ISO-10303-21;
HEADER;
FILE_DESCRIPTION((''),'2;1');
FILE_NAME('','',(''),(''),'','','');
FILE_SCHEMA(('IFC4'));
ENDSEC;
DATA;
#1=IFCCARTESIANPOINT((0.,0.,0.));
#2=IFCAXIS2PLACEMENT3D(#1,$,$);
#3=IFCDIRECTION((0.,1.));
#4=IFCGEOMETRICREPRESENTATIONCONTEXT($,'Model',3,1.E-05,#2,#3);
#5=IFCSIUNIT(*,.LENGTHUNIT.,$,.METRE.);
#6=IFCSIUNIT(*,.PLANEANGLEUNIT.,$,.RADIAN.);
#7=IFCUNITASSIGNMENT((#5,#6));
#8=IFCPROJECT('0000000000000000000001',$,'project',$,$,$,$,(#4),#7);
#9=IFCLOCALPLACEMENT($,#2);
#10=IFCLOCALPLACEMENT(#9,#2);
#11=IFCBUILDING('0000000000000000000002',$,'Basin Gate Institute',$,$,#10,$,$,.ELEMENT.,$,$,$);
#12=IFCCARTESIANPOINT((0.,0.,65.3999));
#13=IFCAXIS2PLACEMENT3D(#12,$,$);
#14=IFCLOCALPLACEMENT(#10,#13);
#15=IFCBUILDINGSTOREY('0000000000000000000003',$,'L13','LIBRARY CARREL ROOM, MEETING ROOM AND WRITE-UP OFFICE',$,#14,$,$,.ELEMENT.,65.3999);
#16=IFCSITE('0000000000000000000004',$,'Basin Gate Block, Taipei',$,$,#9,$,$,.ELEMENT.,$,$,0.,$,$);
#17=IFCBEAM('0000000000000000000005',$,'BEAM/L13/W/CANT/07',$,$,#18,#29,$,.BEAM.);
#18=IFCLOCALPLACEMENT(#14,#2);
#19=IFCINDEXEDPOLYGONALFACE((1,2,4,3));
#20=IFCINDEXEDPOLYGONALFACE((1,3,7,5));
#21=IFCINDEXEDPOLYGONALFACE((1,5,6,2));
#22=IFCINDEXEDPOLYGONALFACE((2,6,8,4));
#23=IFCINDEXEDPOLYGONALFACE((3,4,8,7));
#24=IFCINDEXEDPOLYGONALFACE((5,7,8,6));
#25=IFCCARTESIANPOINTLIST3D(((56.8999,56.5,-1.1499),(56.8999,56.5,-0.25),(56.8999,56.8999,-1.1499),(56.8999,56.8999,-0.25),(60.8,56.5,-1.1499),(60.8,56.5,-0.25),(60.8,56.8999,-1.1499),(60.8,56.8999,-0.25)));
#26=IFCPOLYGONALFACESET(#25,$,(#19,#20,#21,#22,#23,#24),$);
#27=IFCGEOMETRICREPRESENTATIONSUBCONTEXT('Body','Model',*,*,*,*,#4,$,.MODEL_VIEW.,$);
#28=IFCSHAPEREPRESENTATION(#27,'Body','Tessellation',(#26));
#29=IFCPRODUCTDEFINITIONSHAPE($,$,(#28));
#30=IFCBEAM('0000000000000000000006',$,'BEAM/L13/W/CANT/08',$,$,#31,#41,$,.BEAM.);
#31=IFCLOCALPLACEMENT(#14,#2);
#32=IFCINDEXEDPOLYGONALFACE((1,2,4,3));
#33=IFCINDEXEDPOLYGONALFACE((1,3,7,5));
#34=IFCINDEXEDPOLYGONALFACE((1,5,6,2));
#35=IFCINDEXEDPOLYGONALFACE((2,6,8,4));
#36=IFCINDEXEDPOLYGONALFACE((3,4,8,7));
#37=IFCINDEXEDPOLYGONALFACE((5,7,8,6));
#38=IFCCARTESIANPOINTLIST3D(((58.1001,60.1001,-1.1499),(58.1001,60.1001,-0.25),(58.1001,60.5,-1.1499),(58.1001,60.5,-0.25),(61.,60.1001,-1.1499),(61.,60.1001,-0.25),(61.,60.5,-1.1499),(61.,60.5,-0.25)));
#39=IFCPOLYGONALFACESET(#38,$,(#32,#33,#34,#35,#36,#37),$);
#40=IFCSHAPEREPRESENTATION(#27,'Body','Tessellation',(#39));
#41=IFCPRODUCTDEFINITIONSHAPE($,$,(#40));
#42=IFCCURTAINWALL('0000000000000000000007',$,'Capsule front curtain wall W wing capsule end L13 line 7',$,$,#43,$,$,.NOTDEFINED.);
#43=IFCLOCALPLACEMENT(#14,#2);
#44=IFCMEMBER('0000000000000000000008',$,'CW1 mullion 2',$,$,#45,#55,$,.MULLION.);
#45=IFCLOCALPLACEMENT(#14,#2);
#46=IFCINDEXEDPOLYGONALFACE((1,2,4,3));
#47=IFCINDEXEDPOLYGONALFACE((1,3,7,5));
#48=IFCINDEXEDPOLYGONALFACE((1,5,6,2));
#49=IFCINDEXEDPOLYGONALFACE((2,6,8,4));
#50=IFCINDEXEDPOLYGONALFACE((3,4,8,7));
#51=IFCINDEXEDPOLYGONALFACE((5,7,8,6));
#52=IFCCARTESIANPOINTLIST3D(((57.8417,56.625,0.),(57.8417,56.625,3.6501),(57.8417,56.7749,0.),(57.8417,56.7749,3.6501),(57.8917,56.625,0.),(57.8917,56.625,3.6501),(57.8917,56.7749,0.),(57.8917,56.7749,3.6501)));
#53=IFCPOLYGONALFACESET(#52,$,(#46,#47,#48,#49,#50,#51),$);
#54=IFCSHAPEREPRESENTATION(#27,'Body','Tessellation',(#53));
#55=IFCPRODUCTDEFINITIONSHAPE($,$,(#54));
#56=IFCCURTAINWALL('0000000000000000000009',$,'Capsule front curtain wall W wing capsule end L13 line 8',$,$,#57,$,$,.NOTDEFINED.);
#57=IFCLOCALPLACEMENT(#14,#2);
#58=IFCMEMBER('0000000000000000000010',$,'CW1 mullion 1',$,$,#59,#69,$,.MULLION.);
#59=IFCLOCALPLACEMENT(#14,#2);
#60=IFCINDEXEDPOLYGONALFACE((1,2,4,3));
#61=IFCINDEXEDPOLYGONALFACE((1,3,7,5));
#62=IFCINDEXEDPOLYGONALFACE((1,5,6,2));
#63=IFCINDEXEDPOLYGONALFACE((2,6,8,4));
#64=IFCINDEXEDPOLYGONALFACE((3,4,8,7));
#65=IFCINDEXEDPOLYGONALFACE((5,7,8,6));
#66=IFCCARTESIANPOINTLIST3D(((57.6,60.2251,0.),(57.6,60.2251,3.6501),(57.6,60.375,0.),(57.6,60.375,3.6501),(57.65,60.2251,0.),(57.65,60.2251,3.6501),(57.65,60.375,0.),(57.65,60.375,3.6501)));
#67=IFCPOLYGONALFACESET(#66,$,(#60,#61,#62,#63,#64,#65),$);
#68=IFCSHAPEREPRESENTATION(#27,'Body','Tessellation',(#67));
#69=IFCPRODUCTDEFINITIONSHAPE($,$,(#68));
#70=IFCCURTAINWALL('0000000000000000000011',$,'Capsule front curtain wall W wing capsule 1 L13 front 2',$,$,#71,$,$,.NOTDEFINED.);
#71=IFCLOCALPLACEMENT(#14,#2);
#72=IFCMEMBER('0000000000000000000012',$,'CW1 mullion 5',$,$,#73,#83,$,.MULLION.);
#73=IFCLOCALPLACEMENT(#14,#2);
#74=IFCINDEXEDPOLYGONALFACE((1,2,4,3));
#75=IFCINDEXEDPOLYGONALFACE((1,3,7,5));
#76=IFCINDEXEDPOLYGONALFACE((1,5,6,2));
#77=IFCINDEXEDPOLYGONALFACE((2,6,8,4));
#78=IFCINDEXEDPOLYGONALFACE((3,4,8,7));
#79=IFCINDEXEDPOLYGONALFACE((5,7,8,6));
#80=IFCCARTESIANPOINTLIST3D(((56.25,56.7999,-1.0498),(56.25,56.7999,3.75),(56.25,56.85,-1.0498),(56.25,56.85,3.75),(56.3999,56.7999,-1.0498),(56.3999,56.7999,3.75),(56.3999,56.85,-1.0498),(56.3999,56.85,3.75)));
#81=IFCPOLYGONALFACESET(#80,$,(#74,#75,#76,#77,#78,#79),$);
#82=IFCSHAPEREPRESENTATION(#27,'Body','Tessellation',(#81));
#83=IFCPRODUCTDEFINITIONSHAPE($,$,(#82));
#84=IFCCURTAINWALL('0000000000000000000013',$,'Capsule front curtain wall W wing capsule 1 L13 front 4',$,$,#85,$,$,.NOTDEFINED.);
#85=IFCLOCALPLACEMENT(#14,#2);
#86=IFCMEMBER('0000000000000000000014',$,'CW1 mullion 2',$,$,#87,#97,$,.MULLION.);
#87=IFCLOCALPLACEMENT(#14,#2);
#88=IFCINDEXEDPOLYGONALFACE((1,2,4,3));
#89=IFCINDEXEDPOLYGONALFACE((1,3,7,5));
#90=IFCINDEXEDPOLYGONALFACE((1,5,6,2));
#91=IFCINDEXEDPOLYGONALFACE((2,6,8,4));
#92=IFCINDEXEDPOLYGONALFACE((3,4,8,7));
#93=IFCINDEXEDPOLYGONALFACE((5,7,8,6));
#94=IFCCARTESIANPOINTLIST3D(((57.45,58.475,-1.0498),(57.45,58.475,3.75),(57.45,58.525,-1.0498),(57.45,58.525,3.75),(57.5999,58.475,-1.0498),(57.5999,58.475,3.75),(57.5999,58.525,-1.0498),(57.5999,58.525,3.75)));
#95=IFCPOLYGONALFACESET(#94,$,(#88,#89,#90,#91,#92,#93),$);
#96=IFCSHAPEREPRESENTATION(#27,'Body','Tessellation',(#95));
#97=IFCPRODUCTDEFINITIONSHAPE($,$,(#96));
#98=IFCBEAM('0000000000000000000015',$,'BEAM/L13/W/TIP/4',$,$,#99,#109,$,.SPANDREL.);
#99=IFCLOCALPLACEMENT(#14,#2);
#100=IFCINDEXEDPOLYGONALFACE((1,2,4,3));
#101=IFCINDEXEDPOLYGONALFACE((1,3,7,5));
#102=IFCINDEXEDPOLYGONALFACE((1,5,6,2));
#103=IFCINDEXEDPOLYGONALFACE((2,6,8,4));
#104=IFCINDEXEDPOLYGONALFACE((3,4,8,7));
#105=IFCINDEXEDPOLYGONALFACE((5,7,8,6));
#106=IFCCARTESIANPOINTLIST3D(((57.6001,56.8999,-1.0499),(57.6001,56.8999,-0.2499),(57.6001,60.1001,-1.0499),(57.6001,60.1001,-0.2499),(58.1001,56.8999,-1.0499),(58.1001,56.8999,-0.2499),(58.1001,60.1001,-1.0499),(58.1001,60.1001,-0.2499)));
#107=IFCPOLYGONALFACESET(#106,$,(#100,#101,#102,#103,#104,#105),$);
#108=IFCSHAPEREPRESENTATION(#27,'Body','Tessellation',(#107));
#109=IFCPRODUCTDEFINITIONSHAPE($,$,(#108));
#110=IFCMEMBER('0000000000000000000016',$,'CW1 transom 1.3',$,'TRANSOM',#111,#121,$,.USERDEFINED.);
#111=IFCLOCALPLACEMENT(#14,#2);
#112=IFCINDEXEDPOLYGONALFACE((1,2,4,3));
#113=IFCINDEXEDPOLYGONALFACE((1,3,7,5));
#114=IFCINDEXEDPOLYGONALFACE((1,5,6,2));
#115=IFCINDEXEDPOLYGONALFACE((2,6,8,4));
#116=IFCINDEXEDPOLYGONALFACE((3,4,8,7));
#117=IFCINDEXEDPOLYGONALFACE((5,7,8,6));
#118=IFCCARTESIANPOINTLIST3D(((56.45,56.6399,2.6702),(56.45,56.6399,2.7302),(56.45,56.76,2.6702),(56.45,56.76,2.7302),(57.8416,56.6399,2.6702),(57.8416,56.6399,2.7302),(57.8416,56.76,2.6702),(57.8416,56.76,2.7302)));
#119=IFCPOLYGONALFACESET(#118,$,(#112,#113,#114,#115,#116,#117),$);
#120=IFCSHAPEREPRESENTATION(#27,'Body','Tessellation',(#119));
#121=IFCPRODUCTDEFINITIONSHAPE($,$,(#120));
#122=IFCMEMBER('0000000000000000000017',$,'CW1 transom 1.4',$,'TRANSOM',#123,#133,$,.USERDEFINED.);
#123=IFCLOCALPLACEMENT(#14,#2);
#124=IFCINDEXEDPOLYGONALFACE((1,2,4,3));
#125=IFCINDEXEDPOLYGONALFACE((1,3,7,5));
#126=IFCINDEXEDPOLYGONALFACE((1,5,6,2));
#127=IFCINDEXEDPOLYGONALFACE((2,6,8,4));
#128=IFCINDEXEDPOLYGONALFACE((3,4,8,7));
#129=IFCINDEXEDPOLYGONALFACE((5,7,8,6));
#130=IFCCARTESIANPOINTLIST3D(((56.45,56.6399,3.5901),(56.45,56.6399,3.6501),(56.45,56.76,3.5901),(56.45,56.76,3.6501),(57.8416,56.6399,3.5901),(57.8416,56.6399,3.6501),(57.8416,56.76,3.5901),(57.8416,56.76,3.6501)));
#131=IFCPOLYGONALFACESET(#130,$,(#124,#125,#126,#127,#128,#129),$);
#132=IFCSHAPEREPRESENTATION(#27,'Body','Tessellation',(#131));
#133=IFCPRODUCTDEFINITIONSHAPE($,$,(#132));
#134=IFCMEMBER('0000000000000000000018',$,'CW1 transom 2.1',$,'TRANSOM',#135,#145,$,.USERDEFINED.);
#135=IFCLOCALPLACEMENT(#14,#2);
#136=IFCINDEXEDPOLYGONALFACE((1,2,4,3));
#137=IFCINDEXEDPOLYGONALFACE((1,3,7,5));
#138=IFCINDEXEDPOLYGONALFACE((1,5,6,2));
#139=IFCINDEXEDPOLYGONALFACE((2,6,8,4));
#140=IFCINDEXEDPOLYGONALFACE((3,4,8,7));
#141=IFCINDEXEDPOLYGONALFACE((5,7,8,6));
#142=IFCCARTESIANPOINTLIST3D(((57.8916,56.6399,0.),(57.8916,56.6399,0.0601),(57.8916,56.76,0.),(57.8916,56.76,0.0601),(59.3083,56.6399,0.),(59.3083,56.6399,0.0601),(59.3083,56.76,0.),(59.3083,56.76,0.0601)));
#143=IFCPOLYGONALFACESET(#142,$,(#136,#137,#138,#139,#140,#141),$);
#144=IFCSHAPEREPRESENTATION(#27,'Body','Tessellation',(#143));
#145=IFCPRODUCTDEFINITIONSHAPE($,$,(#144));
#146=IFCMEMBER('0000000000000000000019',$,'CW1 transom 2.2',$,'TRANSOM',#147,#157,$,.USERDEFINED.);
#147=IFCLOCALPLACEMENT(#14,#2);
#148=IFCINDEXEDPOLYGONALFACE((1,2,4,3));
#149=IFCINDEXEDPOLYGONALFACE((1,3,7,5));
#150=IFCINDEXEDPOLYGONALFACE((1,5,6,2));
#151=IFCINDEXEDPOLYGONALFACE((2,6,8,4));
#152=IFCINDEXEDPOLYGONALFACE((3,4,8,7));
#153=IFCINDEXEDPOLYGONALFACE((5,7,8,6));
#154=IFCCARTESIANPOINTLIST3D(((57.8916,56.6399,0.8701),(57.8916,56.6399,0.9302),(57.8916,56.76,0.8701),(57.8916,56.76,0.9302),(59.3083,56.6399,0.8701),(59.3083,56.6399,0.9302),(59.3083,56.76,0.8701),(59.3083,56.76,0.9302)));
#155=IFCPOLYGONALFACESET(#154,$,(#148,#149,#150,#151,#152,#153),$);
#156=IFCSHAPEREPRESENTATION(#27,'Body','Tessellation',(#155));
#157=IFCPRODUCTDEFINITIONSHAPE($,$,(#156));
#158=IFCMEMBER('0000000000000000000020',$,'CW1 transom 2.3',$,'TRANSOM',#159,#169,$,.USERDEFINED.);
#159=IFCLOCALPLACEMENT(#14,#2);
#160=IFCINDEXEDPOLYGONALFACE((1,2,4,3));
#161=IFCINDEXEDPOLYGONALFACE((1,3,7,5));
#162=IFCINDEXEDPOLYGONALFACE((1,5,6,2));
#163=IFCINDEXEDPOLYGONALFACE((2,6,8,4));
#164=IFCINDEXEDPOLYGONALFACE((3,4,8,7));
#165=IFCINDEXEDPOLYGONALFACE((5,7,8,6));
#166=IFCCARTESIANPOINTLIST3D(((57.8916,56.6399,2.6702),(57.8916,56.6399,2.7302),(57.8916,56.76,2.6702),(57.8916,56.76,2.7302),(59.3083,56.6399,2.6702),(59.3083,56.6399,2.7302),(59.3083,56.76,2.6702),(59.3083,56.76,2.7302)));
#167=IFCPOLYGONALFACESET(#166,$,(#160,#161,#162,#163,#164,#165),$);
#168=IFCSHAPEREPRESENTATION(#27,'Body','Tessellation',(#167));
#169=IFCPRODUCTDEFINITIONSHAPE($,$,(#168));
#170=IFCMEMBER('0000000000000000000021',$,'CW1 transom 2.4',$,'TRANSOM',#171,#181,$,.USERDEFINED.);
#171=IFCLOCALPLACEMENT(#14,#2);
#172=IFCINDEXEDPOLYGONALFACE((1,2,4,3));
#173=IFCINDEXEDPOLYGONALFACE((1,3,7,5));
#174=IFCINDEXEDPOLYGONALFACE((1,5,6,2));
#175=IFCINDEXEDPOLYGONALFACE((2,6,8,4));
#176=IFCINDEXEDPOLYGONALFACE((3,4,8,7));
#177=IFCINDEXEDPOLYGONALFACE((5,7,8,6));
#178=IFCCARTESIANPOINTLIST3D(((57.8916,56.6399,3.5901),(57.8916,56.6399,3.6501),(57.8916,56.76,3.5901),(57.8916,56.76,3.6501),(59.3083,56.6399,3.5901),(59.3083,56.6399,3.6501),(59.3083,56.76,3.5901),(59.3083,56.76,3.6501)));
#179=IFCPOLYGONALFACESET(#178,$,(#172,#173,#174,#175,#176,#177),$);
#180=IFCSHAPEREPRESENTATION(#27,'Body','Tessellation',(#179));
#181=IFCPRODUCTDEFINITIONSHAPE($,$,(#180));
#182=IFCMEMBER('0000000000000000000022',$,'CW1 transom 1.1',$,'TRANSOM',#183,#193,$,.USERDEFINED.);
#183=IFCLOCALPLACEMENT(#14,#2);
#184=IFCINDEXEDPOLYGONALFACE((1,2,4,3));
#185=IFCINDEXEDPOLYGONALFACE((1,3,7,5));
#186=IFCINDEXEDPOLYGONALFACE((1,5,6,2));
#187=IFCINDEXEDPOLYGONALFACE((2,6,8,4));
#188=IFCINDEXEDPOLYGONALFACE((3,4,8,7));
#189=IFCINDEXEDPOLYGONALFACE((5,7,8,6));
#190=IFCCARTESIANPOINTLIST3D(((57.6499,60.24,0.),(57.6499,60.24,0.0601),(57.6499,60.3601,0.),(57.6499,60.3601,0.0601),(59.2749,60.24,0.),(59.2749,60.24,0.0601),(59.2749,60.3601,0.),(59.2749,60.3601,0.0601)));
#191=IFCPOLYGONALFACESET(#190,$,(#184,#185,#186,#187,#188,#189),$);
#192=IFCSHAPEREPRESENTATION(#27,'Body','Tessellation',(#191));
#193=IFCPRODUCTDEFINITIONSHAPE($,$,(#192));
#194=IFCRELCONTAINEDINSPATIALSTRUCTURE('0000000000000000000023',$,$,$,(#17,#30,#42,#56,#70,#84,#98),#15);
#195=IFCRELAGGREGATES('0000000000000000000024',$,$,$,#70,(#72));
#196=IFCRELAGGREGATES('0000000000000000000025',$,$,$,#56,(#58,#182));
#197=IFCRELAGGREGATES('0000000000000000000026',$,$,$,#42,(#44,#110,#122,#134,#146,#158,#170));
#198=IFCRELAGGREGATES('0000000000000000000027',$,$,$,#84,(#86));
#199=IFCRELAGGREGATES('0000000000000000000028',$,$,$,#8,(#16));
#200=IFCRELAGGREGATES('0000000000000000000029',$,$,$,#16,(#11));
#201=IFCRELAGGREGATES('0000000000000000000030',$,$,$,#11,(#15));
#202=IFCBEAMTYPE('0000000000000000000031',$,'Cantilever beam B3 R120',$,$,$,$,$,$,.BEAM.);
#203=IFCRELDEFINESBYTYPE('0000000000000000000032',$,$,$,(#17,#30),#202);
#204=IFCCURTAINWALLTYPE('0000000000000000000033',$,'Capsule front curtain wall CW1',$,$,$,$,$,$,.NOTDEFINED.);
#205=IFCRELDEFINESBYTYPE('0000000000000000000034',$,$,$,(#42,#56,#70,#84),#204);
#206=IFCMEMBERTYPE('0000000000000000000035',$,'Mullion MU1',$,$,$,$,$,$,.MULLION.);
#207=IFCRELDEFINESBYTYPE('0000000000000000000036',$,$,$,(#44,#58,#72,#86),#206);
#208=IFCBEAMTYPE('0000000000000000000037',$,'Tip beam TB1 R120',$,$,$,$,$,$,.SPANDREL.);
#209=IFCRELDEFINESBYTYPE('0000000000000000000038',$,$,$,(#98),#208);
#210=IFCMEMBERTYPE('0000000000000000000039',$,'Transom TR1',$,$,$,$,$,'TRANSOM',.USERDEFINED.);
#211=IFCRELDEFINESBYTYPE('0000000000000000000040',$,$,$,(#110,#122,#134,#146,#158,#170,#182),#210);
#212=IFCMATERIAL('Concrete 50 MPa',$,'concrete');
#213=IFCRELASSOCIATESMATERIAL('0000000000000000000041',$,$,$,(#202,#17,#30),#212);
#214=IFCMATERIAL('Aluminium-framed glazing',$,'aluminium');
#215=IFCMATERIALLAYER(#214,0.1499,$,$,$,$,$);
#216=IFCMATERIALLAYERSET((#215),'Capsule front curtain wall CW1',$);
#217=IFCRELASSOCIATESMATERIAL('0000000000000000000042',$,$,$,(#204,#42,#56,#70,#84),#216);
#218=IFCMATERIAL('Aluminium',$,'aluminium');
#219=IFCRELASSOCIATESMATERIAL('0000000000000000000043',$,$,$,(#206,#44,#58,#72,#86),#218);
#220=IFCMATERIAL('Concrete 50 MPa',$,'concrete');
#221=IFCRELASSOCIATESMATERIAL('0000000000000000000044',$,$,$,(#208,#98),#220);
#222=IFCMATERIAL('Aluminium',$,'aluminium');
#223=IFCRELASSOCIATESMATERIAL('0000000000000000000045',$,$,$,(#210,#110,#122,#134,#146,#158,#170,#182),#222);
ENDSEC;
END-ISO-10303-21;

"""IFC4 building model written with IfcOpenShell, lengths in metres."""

from ifc_helpers import new_model, si_unit, direction, frame, origin, origin_2d, place, context, subcontext, project, spatial, rectangle, extrude, material, layer, layer_set, material_profile, profile_set, type_object, element, aggregate, save


model = new_model("IFC4")

# Units and contexts
model_context = context("Model", 3, precision=1e-05, world=origin(), true_north=direction((0.0, 1.0)))
body_context = subcontext(model_context, "Body", "Model", "MODEL_VIEW")
ifc_project = project(units=[si_unit("LENGTHUNIT", "METRE"), si_unit("PLANEANGLEUNIT", "RADIAN")], contexts=[model_context])

# Site, building, storey
site_placement = place(None, origin())
site = spatial("IfcSite", under=ifc_project, at=site_placement, Name="Basin Gate Block, Taipei", CompositionType="ELEMENT", RefElevation=0.0)
building_placement = place(site_placement, origin())
building = spatial("IfcBuilding", under=site, at=building_placement, Name="Basin Gate Institute", CompositionType="ELEMENT")
storey_placement = place(building_placement, frame((0.0, 0.0, 65.3999)))
storey = spatial("IfcBuildingStorey", under=building, at=storey_placement, Name="L13", Description="LIBRARY CARREL ROOM, MEETING ROOM AND WRITE-UP OFFICE", CompositionType="ELEMENT", Elevation=65.3999)

# Beams
ifc_material_1 = material(Name="Concrete 50 MPa", Category="concrete")
ifc_material_profile_1 = material_profile(ifc_material_1, rectangle(XDim=0.3999, YDim=0.8999, at=origin_2d()), Name="Cantilever beam B3 400 x 900")
ifc_profile_set_1 = profile_set([ifc_material_profile_1], Name="Concrete 50 MPa")
beam_type_1 = type_object("IfcBeamType", Name="Cantilever beam B3 R120", PredefinedType="BEAM", material=ifc_profile_set_1)
beam_1_placement = place(storey_placement, frame((56.8999, 56.7, -0.7), z_axis=(1.0, 0.0, 0.0), x_axis=(0.0, 1.0, 0.0)))
element("IfcBeam", 1, at=beam_1_placement, inside=storey, type_object=beam_type_1, material=ifc_profile_set_1, Name="BEAM/L13/W/CANT/07", PredefinedType="BEAM", context=body_context, shape_type="SweptSolid", body=[
    extrude(rectangle(XDim=0.3999, YDim=0.8999, at=origin_2d()), origin(), (0.0, 0.0, 1.0), 3.9001),
])
beam_2_placement = place(storey_placement, frame((58.1001, 60.3, -0.7), z_axis=(1.0, 0.0, 0.0), x_axis=(0.0, 1.0, 0.0)))
element("IfcBeam", 2, at=beam_2_placement, inside=storey, type_object=beam_type_1, material=ifc_profile_set_1, Name="BEAM/L13/W/CANT/08", PredefinedType="BEAM", context=body_context, shape_type="SweptSolid", body=[
    extrude(rectangle(XDim=0.3999, YDim=0.8999, at=origin_2d()), origin(), (0.0, 0.0, 1.0), 2.8999),
])

# Curtain walls, members
ifc_material_2 = material(Name="Aluminium-framed glazing", Category="aluminium")
ifc_layer_1 = layer(ifc_material_2, 0.1499)
ifc_layer_set_1 = layer_set([ifc_layer_1], Name="Capsule front curtain wall CW1")
curtain_wall_type = type_object("IfcCurtainWallType", Name="Capsule front curtain wall CW1", PredefinedType="NOTDEFINED", material=ifc_layer_set_1)
curtain_wall_1_placement = place(storey_placement, origin())
curtain_wall_1 = element("IfcCurtainWall", 3, at=curtain_wall_1_placement, inside=storey, type_object=curtain_wall_type, material=ifc_layer_set_1, Name="Capsule front curtain wall W wing capsule end L13 line 7", PredefinedType="NOTDEFINED")
ifc_material_3 = material(Name="Aluminium", Category="aluminium")
ifc_material_profile_2 = material_profile(ifc_material_3, rectangle(XDim=0.1499, YDim=0.05, at=origin_2d()), Name="Mullion MU1 150 x 50")
ifc_profile_set_2 = profile_set([ifc_material_profile_2], Name="Aluminium")
member_type_1 = type_object("IfcMemberType", Name="Mullion MU1", PredefinedType="MULLION", material=ifc_profile_set_2)
member_1_placement = place(storey_placement, frame((57.8667, 56.7, 0.0), z_axis=(0.0, 0.0, 1.0), x_axis=(0.0, 1.0, 0.0)))
member_1 = element("IfcMember", 4, at=member_1_placement, type_object=member_type_1, material=ifc_profile_set_2, Name="CW1 mullion 2", PredefinedType="MULLION", context=body_context, shape_type="SweptSolid", body=[
    extrude(rectangle(XDim=0.1499, YDim=0.05, at=origin_2d()), origin(), (0.0, 0.0, 1.0), 3.6501),
])
curtain_wall_2_placement = place(storey_placement, origin())
curtain_wall_2 = element("IfcCurtainWall", 5, at=curtain_wall_2_placement, inside=storey, type_object=curtain_wall_type, material=ifc_layer_set_1, Name="Capsule front curtain wall W wing capsule end L13 line 8", PredefinedType="NOTDEFINED")
member_2_placement = place(storey_placement, frame((57.625, 60.3, 0.0), z_axis=(0.0, 0.0, 1.0), x_axis=(0.0, 1.0, 0.0)))
member_2 = element("IfcMember", 6, at=member_2_placement, type_object=member_type_1, material=ifc_profile_set_2, Name="CW1 mullion 1", PredefinedType="MULLION", context=body_context, shape_type="SweptSolid", body=[
    extrude(rectangle(XDim=0.1499, YDim=0.05, at=origin_2d()), origin(), (0.0, 0.0, 1.0), 3.6501),
])
curtain_wall_3_placement = place(storey_placement, origin())
curtain_wall_3 = element("IfcCurtainWall", 7, at=curtain_wall_3_placement, inside=storey, type_object=curtain_wall_type, material=ifc_layer_set_1, Name="Capsule front curtain wall W wing capsule 1 L13 front 2", PredefinedType="NOTDEFINED")
member_3_placement = place(storey_placement, frame((56.325, 56.825, -1.0498), z_axis=(0.0, 0.0, 1.0), x_axis=(-1.0, 0.0, 0.0)))
member_3 = element("IfcMember", 8, at=member_3_placement, type_object=member_type_1, material=ifc_profile_set_2, Name="CW1 mullion 5", PredefinedType="MULLION", context=body_context, shape_type="SweptSolid", body=[
    extrude(rectangle(XDim=0.1499, YDim=0.05, at=origin_2d()), origin(), (0.0, 0.0, 1.0), 4.7998),
])
aggregate(curtain_wall_3, [member_3])
curtain_wall_4_placement = place(storey_placement, origin())
curtain_wall_4 = element("IfcCurtainWall", 9, at=curtain_wall_4_placement, inside=storey, type_object=curtain_wall_type, material=ifc_layer_set_1, Name="Capsule front curtain wall W wing capsule 1 L13 front 4", PredefinedType="NOTDEFINED")
member_4_placement = place(storey_placement, frame((57.5249, 58.5, -1.0498), z_axis=(0.0, 0.0, 1.0), x_axis=(-1.0, 0.0, 0.0)))
member_4 = element("IfcMember", 10, at=member_4_placement, type_object=member_type_1, material=ifc_profile_set_2, Name="CW1 mullion 2", PredefinedType="MULLION", context=body_context, shape_type="SweptSolid", body=[
    extrude(rectangle(XDim=0.1499, YDim=0.05, at=origin_2d()), origin(), (0.0, 0.0, 1.0), 4.7998),
])

# Beam
ifc_material_4 = material(Name="Concrete 50 MPa", Category="concrete")
ifc_material_profile_3 = material_profile(ifc_material_4, rectangle(XDim=0.5, YDim=0.8, at=origin_2d()), Name="Tip beam TB1 500 x 800")
ifc_profile_set_3 = profile_set([ifc_material_profile_3], Name="Concrete 50 MPa")
beam_type_2 = type_object("IfcBeamType", Name="Tip beam TB1 R120", PredefinedType="SPANDREL", material=ifc_profile_set_3)
beam_3_placement = place(storey_placement, frame((57.8501, 56.8999, -0.6499), z_axis=(0.0, 1.0, 0.0), x_axis=(-1.0, 0.0, 0.0)))
element("IfcBeam", 11, at=beam_3_placement, inside=storey, type_object=beam_type_2, material=ifc_profile_set_3, Name="BEAM/L13/W/TIP/4", PredefinedType="SPANDREL", context=body_context, shape_type="SweptSolid", body=[
    extrude(rectangle(XDim=0.5, YDim=0.8, at=origin_2d()), origin(), (0.0, 0.0, 1.0), 3.2002),
])

# Members
ifc_material_5 = material(Name="Aluminium", Category="aluminium")
ifc_material_profile_4 = material_profile(ifc_material_5, rectangle(XDim=0.1201, YDim=0.0601, at=origin_2d()), Name="Transom TR1 120 x 60")
ifc_profile_set_4 = profile_set([ifc_material_profile_4], Name="Aluminium")
member_type_2 = type_object("IfcMemberType", Name="Transom TR1", ElementType="TRANSOM", PredefinedType="USERDEFINED", material=ifc_profile_set_4)
member_5_placement = place(storey_placement, frame((56.45, 56.7, 2.7002), z_axis=(1.0, 0.0, 0.0), x_axis=(0.0, 1.0, 0.0)))
member_5 = element("IfcMember", 12, at=member_5_placement, type_object=member_type_2, material=ifc_profile_set_4, Name="CW1 transom 1.3", ObjectType="TRANSOM", PredefinedType="USERDEFINED", context=body_context, shape_type="SweptSolid", body=[
    extrude(rectangle(XDim=0.1201, YDim=0.0601, at=origin_2d()), origin(), (0.0, 0.0, 1.0), 1.3916),
])
member_6_placement = place(storey_placement, frame((56.45, 56.7, 3.6201), z_axis=(1.0, 0.0, 0.0), x_axis=(0.0, 1.0, 0.0)))
member_6 = element("IfcMember", 13, at=member_6_placement, type_object=member_type_2, material=ifc_profile_set_4, Name="CW1 transom 1.4", ObjectType="TRANSOM", PredefinedType="USERDEFINED", context=body_context, shape_type="SweptSolid", body=[
    extrude(rectangle(XDim=0.1201, YDim=0.0601, at=origin_2d()), origin(), (0.0, 0.0, 1.0), 1.3916),
])
member_7_placement = place(storey_placement, frame((57.8916, 56.7, 0.03), z_axis=(1.0, 0.0, 0.0), x_axis=(0.0, 1.0, 0.0)))
member_7 = element("IfcMember", 14, at=member_7_placement, type_object=member_type_2, material=ifc_profile_set_4, Name="CW1 transom 2.1", ObjectType="TRANSOM", PredefinedType="USERDEFINED", context=body_context, shape_type="SweptSolid", body=[
    extrude(rectangle(XDim=0.1201, YDim=0.0601, at=origin_2d()), origin(), (0.0, 0.0, 1.0), 1.4167),
])
member_8_placement = place(storey_placement, frame((57.8916, 56.7, 0.9001), z_axis=(1.0, 0.0, 0.0), x_axis=(0.0, 1.0, 0.0)))
member_8 = element("IfcMember", 15, at=member_8_placement, type_object=member_type_2, material=ifc_profile_set_4, Name="CW1 transom 2.2", ObjectType="TRANSOM", PredefinedType="USERDEFINED", context=body_context, shape_type="SweptSolid", body=[
    extrude(rectangle(XDim=0.1201, YDim=0.0601, at=origin_2d()), origin(), (0.0, 0.0, 1.0), 1.4167),
])
member_9_placement = place(storey_placement, frame((57.8916, 56.7, 2.7002), z_axis=(1.0, 0.0, 0.0), x_axis=(0.0, 1.0, 0.0)))
member_9 = element("IfcMember", 16, at=member_9_placement, type_object=member_type_2, material=ifc_profile_set_4, Name="CW1 transom 2.3", ObjectType="TRANSOM", PredefinedType="USERDEFINED", context=body_context, shape_type="SweptSolid", body=[
    extrude(rectangle(XDim=0.1201, YDim=0.0601, at=origin_2d()), origin(), (0.0, 0.0, 1.0), 1.4167),
])
member_10_placement = place(storey_placement, frame((57.8916, 56.7, 3.6201), z_axis=(1.0, 0.0, 0.0), x_axis=(0.0, 1.0, 0.0)))
member_10 = element("IfcMember", 17, at=member_10_placement, type_object=member_type_2, material=ifc_profile_set_4, Name="CW1 transom 2.4", ObjectType="TRANSOM", PredefinedType="USERDEFINED", context=body_context, shape_type="SweptSolid", body=[
    extrude(rectangle(XDim=0.1201, YDim=0.0601, at=origin_2d()), origin(), (0.0, 0.0, 1.0), 1.4167),
])
member_11_placement = place(storey_placement, frame((57.6499, 60.3, 0.03), z_axis=(1.0, 0.0, 0.0), x_axis=(0.0, 1.0, 0.0)))
member_11 = element("IfcMember", 18, at=member_11_placement, type_object=member_type_2, material=ifc_profile_set_4, Name="CW1 transom 1.1", ObjectType="TRANSOM", PredefinedType="USERDEFINED", context=body_context, shape_type="SweptSolid", body=[
    extrude(rectangle(XDim=0.1201, YDim=0.0601, at=origin_2d()), origin(), (0.0, 0.0, 1.0), 1.625),
])
aggregate(curtain_wall_2, [member_2, member_11])

aggregate(curtain_wall_1, [member_1, member_5, member_6, member_7, member_8, member_9, member_10])
aggregate(curtain_wall_4, [member_4])

save(model, "model.ifc")
